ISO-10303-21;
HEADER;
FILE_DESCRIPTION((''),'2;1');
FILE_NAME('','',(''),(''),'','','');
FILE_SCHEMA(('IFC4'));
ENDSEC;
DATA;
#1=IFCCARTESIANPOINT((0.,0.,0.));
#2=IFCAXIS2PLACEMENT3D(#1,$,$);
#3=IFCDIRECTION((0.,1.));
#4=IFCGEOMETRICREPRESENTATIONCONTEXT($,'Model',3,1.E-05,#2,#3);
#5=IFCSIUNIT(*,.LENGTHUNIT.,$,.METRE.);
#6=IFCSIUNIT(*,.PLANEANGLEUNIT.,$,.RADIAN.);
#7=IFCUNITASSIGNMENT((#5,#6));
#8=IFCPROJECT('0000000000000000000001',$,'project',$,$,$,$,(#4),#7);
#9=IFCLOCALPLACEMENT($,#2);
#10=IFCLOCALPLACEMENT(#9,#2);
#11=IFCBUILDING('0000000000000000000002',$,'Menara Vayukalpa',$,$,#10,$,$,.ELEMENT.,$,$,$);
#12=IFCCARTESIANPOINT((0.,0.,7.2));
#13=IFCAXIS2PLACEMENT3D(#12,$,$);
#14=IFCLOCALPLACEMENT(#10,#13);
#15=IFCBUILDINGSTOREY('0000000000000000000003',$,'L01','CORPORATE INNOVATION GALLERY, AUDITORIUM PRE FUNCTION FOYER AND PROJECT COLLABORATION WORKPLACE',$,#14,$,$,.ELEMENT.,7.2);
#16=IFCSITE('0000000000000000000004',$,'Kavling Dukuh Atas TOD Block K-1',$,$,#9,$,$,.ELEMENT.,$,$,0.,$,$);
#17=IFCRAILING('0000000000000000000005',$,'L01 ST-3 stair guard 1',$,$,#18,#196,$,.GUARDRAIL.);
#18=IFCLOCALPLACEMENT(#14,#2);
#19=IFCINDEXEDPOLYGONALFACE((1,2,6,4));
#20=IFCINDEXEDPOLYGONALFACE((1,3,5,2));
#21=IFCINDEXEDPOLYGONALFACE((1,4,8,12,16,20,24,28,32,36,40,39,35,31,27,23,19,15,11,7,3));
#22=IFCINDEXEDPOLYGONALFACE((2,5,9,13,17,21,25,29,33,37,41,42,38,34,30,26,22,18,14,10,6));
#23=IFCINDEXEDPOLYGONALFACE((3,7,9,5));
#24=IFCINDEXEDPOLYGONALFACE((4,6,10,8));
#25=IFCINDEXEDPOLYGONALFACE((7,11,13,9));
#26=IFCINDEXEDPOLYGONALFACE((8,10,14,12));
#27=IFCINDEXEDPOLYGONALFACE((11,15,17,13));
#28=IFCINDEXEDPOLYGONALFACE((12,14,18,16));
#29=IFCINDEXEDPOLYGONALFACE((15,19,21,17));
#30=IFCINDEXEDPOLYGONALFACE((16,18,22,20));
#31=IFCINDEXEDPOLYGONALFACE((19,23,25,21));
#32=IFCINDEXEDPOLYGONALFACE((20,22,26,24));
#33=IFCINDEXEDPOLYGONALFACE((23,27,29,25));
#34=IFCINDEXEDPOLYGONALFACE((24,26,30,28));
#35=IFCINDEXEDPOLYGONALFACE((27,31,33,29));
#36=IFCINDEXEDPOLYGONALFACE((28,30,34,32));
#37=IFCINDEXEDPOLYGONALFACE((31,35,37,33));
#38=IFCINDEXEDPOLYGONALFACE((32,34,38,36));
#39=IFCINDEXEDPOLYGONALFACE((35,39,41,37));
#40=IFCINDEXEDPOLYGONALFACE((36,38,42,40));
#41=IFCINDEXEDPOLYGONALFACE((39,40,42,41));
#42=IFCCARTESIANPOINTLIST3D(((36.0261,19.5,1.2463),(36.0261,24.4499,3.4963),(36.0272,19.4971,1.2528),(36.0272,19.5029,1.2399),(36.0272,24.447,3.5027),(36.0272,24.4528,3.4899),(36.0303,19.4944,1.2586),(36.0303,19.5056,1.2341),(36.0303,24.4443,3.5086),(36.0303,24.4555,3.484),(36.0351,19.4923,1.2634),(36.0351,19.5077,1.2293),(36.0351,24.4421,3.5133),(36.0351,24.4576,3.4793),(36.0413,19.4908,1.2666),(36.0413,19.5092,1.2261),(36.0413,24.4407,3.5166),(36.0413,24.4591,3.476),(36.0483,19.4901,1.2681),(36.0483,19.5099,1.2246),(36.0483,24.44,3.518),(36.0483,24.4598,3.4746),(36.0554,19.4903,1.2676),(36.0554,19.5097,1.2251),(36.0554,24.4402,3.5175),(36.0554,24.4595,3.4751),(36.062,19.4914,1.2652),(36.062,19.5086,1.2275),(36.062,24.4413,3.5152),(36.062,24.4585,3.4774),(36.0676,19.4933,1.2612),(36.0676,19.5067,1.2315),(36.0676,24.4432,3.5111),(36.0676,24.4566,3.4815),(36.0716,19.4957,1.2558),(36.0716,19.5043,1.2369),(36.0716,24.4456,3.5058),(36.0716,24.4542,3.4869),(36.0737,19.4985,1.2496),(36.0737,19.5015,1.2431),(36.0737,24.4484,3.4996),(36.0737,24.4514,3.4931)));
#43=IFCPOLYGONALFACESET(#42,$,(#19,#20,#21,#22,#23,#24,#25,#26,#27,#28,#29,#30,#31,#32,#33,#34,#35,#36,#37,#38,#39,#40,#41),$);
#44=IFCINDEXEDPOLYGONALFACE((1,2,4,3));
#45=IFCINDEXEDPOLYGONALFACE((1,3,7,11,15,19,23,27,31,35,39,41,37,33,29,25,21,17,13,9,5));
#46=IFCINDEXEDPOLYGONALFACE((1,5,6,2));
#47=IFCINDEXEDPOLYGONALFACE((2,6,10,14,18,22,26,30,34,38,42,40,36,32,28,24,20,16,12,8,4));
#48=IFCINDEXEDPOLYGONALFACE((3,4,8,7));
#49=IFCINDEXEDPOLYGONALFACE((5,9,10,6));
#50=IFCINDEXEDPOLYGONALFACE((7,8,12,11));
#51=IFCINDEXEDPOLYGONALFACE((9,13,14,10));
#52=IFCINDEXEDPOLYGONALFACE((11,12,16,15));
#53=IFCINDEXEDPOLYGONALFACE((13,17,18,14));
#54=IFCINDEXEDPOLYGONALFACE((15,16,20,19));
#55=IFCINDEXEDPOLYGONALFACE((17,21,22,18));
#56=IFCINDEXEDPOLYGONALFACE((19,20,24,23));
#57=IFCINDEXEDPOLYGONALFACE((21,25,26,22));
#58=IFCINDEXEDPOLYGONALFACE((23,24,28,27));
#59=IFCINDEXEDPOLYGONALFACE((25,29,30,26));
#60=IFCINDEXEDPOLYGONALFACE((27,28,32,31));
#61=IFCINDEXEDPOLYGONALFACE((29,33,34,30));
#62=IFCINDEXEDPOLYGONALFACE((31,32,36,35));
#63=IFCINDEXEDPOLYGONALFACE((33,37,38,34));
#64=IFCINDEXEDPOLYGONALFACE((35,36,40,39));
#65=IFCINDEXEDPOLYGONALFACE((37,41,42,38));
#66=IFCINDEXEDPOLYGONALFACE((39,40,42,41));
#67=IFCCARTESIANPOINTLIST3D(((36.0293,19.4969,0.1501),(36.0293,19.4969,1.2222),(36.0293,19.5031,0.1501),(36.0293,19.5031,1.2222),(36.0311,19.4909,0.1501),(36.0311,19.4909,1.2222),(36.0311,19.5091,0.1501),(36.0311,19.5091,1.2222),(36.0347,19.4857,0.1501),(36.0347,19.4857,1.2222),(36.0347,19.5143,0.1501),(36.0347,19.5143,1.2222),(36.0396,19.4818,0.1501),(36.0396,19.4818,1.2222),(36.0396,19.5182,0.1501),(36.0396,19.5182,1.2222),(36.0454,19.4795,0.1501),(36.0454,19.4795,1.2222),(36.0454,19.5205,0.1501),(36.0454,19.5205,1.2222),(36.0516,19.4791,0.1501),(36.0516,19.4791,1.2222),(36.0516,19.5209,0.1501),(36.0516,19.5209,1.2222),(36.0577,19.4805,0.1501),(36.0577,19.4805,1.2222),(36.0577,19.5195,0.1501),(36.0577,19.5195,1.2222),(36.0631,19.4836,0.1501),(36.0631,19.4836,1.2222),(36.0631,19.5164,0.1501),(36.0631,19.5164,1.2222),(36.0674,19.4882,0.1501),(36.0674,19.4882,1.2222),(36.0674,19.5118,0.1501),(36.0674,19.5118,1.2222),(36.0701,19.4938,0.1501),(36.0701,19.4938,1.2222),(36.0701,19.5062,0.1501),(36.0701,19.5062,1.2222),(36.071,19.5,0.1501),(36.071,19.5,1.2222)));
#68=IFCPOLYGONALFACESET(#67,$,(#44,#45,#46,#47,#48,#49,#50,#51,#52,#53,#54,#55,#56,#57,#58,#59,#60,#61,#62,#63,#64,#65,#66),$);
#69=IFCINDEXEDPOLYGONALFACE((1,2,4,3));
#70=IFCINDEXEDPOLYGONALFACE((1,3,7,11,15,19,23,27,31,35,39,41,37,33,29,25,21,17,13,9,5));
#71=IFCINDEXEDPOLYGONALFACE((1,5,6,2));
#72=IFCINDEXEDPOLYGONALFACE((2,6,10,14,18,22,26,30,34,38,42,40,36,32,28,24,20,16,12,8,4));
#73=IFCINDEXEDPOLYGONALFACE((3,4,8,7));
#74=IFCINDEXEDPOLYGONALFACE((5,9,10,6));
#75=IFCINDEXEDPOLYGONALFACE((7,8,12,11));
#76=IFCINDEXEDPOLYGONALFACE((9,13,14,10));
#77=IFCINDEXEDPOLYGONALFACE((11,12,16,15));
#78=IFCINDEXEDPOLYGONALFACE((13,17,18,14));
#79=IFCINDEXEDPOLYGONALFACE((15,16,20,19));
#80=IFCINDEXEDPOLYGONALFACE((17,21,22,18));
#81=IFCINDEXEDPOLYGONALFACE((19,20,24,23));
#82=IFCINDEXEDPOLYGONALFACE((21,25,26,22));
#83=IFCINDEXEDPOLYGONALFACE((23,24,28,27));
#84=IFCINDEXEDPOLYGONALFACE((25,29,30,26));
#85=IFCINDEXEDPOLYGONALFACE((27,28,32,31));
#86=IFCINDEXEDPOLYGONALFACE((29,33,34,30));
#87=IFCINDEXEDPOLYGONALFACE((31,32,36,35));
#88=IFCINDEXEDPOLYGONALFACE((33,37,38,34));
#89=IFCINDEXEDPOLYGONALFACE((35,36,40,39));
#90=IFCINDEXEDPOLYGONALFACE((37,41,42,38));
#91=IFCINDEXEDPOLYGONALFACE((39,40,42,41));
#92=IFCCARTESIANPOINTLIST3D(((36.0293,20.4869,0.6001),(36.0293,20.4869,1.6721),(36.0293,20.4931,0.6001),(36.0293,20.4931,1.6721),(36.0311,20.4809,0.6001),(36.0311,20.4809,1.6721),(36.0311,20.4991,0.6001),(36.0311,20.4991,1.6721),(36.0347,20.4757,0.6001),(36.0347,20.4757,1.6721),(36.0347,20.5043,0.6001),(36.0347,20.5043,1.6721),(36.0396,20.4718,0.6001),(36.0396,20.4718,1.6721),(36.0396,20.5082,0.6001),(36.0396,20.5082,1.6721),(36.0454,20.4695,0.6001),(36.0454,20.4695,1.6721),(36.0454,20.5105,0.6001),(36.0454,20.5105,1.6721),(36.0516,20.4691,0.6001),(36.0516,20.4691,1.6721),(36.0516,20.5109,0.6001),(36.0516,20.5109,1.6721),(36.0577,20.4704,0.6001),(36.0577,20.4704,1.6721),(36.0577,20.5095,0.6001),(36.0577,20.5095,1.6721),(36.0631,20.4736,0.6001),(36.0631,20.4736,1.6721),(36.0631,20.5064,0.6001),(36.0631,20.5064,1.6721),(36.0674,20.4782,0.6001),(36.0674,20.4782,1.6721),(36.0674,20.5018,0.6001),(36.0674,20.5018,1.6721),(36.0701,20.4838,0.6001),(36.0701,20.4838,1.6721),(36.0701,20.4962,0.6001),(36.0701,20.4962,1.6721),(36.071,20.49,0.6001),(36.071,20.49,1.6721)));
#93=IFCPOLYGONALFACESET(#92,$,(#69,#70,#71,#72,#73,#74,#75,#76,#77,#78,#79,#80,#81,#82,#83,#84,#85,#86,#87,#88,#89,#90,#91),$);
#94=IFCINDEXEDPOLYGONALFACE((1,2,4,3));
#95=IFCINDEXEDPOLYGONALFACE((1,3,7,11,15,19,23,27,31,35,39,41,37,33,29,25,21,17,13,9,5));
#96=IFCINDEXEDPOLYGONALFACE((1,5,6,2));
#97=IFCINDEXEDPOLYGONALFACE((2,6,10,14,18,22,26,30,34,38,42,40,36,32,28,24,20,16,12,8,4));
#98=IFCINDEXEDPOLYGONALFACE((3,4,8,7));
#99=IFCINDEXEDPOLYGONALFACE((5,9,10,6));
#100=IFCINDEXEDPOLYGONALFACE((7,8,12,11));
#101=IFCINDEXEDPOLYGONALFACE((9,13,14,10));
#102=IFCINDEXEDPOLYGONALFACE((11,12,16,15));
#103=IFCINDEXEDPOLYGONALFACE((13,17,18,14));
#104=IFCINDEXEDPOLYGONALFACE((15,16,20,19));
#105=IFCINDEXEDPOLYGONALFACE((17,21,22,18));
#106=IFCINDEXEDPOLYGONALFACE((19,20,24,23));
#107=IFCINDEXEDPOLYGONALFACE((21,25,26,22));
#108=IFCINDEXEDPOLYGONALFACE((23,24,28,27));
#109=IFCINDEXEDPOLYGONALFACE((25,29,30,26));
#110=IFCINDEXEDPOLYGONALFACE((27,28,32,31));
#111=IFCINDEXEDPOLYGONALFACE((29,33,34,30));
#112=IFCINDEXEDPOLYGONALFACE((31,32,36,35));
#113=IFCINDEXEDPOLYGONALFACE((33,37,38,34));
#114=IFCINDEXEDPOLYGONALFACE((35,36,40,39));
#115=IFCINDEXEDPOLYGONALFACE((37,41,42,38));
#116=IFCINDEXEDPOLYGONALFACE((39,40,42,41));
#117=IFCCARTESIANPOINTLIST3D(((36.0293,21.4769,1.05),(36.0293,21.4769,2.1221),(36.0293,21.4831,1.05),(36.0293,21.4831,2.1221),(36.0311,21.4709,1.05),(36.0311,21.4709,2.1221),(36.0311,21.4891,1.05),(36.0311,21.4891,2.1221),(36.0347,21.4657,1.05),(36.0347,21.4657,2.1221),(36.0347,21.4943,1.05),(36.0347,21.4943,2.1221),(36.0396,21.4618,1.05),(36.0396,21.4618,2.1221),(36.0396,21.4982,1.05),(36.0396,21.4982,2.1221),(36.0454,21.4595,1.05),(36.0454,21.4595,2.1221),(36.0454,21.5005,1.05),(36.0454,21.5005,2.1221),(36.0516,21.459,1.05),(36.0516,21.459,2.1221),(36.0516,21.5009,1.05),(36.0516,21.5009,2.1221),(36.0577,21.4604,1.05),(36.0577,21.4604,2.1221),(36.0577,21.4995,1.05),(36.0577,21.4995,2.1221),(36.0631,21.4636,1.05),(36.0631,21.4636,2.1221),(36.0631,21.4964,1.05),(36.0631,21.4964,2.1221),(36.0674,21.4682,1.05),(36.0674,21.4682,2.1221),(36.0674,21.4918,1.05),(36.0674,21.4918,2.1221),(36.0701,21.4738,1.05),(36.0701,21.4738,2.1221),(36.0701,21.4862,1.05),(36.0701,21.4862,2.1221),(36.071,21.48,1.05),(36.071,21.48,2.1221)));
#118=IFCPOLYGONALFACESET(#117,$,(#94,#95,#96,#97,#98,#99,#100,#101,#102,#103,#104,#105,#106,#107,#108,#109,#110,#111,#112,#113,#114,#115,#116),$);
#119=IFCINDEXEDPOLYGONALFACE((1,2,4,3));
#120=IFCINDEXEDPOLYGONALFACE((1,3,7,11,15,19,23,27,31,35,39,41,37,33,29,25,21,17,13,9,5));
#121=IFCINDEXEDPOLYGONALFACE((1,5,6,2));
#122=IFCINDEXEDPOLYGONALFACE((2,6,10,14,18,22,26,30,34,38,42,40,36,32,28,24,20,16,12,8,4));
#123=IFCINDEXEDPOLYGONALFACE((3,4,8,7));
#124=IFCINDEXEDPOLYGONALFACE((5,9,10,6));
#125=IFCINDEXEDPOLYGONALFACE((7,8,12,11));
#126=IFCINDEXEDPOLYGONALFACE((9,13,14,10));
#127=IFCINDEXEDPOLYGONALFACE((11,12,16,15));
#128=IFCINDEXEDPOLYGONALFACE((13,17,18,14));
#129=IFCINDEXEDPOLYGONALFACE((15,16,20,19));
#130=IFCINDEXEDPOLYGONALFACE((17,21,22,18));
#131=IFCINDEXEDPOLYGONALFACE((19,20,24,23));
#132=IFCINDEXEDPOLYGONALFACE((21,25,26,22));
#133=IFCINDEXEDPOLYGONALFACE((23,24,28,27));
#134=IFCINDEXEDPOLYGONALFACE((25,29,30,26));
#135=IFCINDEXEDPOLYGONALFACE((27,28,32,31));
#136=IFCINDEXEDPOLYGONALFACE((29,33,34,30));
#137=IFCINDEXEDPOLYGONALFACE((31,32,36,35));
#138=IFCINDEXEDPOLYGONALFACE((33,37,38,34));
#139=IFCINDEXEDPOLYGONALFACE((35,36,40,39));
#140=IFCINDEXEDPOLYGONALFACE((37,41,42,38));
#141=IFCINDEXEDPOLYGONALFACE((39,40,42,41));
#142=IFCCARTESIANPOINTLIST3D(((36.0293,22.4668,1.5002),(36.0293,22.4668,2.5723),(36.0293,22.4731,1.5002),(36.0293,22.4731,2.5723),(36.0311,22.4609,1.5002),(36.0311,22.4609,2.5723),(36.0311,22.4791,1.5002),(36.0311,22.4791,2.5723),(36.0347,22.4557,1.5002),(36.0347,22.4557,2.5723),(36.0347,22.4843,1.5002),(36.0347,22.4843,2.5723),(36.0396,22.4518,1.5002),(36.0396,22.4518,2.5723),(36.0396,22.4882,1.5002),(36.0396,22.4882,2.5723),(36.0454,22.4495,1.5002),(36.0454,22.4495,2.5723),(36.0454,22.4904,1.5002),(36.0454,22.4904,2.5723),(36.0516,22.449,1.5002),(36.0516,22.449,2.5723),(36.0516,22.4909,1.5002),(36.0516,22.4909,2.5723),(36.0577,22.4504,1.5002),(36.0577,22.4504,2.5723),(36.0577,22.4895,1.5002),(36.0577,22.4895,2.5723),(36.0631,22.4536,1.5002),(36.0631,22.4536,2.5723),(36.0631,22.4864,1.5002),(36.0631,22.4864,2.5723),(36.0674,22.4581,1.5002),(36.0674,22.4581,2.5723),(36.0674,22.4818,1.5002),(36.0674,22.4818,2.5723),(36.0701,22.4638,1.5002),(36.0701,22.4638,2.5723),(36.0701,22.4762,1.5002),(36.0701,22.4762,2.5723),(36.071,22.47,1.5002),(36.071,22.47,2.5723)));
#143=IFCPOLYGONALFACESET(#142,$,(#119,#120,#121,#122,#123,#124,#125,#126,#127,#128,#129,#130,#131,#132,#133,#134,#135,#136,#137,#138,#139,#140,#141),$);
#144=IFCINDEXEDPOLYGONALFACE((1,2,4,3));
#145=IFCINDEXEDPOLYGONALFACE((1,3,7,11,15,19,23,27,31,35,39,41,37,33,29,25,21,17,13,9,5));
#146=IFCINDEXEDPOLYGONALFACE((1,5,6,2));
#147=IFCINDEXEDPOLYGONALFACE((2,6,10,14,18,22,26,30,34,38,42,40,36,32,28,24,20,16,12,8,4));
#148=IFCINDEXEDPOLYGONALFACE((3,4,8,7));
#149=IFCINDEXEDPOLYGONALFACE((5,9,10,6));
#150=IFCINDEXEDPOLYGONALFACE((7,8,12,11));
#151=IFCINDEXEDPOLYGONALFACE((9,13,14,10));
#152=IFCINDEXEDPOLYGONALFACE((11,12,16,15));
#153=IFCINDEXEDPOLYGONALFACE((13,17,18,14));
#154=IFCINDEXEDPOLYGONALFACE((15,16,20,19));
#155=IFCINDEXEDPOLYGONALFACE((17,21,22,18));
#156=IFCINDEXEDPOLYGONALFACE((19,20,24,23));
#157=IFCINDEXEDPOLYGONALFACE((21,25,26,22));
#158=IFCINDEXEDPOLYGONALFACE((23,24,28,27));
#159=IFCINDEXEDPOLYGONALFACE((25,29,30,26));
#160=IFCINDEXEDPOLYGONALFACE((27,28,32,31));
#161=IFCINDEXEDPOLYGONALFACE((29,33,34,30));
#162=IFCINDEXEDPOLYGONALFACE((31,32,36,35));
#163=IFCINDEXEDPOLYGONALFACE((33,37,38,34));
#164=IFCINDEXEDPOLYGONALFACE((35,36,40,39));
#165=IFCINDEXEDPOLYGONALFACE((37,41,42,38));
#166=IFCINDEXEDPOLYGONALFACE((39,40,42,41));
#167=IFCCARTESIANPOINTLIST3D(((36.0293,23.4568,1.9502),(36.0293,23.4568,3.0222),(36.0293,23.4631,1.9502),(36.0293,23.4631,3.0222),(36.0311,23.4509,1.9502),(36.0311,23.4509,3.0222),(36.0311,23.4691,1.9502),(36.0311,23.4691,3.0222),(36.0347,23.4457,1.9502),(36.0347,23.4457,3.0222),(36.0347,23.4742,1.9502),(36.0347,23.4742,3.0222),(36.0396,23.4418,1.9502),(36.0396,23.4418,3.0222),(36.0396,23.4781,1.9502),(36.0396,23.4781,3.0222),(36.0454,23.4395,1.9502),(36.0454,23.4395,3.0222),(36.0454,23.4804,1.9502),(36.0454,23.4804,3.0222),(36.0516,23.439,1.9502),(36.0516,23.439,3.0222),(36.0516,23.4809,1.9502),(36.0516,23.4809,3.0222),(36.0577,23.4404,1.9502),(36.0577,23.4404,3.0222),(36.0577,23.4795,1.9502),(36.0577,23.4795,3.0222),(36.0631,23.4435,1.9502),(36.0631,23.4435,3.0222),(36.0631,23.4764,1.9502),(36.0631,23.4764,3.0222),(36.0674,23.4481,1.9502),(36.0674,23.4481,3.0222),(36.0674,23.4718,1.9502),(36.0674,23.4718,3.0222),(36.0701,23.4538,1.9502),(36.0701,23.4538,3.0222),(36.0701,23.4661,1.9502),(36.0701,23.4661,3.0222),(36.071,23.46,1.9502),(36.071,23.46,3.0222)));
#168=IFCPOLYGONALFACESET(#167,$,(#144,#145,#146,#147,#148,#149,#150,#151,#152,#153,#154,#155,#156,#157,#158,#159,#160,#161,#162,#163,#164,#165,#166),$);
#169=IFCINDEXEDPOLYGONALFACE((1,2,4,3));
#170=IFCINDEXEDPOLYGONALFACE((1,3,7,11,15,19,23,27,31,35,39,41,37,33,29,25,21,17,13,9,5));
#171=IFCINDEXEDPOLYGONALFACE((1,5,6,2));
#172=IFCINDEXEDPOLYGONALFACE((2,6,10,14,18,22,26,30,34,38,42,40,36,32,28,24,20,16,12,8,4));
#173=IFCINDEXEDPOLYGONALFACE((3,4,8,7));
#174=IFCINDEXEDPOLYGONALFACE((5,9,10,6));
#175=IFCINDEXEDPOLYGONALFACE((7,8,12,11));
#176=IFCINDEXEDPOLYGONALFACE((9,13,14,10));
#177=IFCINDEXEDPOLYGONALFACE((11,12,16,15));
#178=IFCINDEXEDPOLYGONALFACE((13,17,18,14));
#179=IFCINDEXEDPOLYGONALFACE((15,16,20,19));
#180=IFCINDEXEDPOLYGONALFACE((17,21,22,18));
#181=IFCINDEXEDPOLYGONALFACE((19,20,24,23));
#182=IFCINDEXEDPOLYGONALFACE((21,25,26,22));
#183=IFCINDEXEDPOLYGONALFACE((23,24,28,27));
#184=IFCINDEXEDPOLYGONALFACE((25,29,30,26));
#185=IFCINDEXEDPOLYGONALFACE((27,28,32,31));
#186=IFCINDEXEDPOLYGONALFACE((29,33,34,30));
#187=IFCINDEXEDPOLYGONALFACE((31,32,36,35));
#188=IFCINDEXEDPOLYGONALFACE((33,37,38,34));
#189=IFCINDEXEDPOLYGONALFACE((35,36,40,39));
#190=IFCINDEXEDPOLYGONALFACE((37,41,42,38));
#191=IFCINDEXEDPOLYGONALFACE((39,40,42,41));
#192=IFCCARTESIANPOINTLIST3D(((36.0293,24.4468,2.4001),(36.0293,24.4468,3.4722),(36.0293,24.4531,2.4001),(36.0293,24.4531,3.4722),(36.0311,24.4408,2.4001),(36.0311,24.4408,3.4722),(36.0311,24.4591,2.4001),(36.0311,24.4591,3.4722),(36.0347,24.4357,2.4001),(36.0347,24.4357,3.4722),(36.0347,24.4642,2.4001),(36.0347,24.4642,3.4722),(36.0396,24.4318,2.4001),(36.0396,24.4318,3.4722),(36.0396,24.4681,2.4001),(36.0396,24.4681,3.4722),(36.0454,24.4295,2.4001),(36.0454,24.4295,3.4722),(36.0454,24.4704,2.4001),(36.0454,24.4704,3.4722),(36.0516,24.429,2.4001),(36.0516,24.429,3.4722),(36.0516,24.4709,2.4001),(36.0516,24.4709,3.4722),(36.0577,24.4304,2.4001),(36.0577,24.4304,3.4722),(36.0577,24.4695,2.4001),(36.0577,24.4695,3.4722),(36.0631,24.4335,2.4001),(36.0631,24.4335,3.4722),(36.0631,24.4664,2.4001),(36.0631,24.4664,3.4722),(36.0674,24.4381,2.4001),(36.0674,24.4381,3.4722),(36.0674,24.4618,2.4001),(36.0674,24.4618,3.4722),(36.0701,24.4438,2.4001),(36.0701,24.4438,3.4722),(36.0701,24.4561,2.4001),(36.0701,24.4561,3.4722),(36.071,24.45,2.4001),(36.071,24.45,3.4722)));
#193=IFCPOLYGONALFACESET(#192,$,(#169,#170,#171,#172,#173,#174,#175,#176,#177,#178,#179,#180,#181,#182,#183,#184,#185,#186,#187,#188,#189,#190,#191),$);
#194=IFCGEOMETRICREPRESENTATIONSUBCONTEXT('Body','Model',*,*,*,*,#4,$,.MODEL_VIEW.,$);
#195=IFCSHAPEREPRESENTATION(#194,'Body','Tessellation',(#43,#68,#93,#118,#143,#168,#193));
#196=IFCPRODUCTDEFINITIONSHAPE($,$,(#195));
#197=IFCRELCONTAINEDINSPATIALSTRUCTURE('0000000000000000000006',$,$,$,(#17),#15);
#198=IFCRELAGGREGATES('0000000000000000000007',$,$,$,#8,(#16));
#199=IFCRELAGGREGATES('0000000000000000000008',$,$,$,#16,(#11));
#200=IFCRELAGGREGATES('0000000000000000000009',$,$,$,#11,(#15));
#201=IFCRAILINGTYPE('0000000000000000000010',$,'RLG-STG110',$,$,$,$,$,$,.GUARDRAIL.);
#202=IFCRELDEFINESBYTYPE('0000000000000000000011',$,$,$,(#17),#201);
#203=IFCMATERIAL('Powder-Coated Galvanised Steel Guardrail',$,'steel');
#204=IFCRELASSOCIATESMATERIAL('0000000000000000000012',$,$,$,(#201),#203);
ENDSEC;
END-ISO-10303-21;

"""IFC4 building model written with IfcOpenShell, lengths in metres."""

from ifc_helpers import new_model, si_unit, direction, frame, origin, origin_2d, place, context, subcontext, project, spatial, circle, extrude, material, type_object, element, save


model = new_model("IFC4")

# Units and contexts
model_context = context("Model", 3, precision=1e-05, world=origin(), true_north=direction((0.0, 1.0)))
body_context = subcontext(model_context, "Body", "Model", "MODEL_VIEW")
ifc_project = project(units=[si_unit("LENGTHUNIT", "METRE"), si_unit("PLANEANGLEUNIT", "RADIAN")], contexts=[model_context])

# Site, building, storey
site_placement = place(None, origin())
site = spatial("IfcSite", under=ifc_project, at=site_placement, Name="Kavling Dukuh Atas TOD Block K-1", CompositionType="ELEMENT", RefElevation=0.0)
building_placement = place(site_placement, origin())
building = spatial("IfcBuilding", under=site, at=building_placement, Name="Menara Vayukalpa", CompositionType="ELEMENT")
storey_placement = place(building_placement, frame((0.0, 0.0, 7.2)))
storey = spatial("IfcBuildingStorey", under=building, at=storey_placement, Name="L01", Description="CORPORATE INNOVATION GALLERY, AUDITORIUM PRE FUNCTION FOYER AND PROJECT COLLABORATION WORKPLACE", CompositionType="ELEMENT", Elevation=7.2)

# Railing
ifc_material_1 = material(Name="Powder-Coated Galvanised Steel Guardrail", Category="steel")
railing_type_1 = type_object("IfcRailingType", Name="RLG-STG110", PredefinedType="GUARDRAIL", material=ifc_material_1)
railing_1_placement = place(storey_placement, frame((36.05, 19.5, 0.1501)))
element("IfcRailing", 1, at=railing_1_placement, inside=storey, type_object=railing_type_1, Name="L01 ST-3 stair guard 1", PredefinedType="GUARDRAIL", context=body_context, shape_type="SweptSolid", body=[
    extrude(circle(Radius=0.0239, at=origin_2d()), frame((0.0, 0.0, 1.0962), z_axis=(0.0, 0.910365, 0.413806), x_axis=(-1.0, 0.0, 0.0)), (0.0, 0.0, 1.0), 5.4373),
    extrude(circle(Radius=0.021, at=origin_2d()), origin(), (0.0, 0.0, 1.0), 1.072),
    extrude(circle(Radius=0.021, at=origin_2d()), frame((0.0, 0.99, 0.45)), (0.0, 0.0, 1.0), 1.072),
    extrude(circle(Radius=0.021, at=origin_2d()), frame((0.0, 1.98, 0.8999)), (0.0, 0.0, 1.0), 1.072),
    extrude(circle(Radius=0.021, at=origin_2d()), frame((0.0, 2.97, 1.3501)), (0.0, 0.0, 1.0), 1.072),
    extrude(circle(Radius=0.021, at=origin_2d()), frame((0.0, 3.96, 1.8)), (0.0, 0.0, 1.0), 1.072),
    extrude(circle(Radius=0.021, at=origin_2d()), frame((0.0, 4.95, 2.25)), (0.0, 0.0, 1.0), 1.072),
])

save(model, "model.ifc")
